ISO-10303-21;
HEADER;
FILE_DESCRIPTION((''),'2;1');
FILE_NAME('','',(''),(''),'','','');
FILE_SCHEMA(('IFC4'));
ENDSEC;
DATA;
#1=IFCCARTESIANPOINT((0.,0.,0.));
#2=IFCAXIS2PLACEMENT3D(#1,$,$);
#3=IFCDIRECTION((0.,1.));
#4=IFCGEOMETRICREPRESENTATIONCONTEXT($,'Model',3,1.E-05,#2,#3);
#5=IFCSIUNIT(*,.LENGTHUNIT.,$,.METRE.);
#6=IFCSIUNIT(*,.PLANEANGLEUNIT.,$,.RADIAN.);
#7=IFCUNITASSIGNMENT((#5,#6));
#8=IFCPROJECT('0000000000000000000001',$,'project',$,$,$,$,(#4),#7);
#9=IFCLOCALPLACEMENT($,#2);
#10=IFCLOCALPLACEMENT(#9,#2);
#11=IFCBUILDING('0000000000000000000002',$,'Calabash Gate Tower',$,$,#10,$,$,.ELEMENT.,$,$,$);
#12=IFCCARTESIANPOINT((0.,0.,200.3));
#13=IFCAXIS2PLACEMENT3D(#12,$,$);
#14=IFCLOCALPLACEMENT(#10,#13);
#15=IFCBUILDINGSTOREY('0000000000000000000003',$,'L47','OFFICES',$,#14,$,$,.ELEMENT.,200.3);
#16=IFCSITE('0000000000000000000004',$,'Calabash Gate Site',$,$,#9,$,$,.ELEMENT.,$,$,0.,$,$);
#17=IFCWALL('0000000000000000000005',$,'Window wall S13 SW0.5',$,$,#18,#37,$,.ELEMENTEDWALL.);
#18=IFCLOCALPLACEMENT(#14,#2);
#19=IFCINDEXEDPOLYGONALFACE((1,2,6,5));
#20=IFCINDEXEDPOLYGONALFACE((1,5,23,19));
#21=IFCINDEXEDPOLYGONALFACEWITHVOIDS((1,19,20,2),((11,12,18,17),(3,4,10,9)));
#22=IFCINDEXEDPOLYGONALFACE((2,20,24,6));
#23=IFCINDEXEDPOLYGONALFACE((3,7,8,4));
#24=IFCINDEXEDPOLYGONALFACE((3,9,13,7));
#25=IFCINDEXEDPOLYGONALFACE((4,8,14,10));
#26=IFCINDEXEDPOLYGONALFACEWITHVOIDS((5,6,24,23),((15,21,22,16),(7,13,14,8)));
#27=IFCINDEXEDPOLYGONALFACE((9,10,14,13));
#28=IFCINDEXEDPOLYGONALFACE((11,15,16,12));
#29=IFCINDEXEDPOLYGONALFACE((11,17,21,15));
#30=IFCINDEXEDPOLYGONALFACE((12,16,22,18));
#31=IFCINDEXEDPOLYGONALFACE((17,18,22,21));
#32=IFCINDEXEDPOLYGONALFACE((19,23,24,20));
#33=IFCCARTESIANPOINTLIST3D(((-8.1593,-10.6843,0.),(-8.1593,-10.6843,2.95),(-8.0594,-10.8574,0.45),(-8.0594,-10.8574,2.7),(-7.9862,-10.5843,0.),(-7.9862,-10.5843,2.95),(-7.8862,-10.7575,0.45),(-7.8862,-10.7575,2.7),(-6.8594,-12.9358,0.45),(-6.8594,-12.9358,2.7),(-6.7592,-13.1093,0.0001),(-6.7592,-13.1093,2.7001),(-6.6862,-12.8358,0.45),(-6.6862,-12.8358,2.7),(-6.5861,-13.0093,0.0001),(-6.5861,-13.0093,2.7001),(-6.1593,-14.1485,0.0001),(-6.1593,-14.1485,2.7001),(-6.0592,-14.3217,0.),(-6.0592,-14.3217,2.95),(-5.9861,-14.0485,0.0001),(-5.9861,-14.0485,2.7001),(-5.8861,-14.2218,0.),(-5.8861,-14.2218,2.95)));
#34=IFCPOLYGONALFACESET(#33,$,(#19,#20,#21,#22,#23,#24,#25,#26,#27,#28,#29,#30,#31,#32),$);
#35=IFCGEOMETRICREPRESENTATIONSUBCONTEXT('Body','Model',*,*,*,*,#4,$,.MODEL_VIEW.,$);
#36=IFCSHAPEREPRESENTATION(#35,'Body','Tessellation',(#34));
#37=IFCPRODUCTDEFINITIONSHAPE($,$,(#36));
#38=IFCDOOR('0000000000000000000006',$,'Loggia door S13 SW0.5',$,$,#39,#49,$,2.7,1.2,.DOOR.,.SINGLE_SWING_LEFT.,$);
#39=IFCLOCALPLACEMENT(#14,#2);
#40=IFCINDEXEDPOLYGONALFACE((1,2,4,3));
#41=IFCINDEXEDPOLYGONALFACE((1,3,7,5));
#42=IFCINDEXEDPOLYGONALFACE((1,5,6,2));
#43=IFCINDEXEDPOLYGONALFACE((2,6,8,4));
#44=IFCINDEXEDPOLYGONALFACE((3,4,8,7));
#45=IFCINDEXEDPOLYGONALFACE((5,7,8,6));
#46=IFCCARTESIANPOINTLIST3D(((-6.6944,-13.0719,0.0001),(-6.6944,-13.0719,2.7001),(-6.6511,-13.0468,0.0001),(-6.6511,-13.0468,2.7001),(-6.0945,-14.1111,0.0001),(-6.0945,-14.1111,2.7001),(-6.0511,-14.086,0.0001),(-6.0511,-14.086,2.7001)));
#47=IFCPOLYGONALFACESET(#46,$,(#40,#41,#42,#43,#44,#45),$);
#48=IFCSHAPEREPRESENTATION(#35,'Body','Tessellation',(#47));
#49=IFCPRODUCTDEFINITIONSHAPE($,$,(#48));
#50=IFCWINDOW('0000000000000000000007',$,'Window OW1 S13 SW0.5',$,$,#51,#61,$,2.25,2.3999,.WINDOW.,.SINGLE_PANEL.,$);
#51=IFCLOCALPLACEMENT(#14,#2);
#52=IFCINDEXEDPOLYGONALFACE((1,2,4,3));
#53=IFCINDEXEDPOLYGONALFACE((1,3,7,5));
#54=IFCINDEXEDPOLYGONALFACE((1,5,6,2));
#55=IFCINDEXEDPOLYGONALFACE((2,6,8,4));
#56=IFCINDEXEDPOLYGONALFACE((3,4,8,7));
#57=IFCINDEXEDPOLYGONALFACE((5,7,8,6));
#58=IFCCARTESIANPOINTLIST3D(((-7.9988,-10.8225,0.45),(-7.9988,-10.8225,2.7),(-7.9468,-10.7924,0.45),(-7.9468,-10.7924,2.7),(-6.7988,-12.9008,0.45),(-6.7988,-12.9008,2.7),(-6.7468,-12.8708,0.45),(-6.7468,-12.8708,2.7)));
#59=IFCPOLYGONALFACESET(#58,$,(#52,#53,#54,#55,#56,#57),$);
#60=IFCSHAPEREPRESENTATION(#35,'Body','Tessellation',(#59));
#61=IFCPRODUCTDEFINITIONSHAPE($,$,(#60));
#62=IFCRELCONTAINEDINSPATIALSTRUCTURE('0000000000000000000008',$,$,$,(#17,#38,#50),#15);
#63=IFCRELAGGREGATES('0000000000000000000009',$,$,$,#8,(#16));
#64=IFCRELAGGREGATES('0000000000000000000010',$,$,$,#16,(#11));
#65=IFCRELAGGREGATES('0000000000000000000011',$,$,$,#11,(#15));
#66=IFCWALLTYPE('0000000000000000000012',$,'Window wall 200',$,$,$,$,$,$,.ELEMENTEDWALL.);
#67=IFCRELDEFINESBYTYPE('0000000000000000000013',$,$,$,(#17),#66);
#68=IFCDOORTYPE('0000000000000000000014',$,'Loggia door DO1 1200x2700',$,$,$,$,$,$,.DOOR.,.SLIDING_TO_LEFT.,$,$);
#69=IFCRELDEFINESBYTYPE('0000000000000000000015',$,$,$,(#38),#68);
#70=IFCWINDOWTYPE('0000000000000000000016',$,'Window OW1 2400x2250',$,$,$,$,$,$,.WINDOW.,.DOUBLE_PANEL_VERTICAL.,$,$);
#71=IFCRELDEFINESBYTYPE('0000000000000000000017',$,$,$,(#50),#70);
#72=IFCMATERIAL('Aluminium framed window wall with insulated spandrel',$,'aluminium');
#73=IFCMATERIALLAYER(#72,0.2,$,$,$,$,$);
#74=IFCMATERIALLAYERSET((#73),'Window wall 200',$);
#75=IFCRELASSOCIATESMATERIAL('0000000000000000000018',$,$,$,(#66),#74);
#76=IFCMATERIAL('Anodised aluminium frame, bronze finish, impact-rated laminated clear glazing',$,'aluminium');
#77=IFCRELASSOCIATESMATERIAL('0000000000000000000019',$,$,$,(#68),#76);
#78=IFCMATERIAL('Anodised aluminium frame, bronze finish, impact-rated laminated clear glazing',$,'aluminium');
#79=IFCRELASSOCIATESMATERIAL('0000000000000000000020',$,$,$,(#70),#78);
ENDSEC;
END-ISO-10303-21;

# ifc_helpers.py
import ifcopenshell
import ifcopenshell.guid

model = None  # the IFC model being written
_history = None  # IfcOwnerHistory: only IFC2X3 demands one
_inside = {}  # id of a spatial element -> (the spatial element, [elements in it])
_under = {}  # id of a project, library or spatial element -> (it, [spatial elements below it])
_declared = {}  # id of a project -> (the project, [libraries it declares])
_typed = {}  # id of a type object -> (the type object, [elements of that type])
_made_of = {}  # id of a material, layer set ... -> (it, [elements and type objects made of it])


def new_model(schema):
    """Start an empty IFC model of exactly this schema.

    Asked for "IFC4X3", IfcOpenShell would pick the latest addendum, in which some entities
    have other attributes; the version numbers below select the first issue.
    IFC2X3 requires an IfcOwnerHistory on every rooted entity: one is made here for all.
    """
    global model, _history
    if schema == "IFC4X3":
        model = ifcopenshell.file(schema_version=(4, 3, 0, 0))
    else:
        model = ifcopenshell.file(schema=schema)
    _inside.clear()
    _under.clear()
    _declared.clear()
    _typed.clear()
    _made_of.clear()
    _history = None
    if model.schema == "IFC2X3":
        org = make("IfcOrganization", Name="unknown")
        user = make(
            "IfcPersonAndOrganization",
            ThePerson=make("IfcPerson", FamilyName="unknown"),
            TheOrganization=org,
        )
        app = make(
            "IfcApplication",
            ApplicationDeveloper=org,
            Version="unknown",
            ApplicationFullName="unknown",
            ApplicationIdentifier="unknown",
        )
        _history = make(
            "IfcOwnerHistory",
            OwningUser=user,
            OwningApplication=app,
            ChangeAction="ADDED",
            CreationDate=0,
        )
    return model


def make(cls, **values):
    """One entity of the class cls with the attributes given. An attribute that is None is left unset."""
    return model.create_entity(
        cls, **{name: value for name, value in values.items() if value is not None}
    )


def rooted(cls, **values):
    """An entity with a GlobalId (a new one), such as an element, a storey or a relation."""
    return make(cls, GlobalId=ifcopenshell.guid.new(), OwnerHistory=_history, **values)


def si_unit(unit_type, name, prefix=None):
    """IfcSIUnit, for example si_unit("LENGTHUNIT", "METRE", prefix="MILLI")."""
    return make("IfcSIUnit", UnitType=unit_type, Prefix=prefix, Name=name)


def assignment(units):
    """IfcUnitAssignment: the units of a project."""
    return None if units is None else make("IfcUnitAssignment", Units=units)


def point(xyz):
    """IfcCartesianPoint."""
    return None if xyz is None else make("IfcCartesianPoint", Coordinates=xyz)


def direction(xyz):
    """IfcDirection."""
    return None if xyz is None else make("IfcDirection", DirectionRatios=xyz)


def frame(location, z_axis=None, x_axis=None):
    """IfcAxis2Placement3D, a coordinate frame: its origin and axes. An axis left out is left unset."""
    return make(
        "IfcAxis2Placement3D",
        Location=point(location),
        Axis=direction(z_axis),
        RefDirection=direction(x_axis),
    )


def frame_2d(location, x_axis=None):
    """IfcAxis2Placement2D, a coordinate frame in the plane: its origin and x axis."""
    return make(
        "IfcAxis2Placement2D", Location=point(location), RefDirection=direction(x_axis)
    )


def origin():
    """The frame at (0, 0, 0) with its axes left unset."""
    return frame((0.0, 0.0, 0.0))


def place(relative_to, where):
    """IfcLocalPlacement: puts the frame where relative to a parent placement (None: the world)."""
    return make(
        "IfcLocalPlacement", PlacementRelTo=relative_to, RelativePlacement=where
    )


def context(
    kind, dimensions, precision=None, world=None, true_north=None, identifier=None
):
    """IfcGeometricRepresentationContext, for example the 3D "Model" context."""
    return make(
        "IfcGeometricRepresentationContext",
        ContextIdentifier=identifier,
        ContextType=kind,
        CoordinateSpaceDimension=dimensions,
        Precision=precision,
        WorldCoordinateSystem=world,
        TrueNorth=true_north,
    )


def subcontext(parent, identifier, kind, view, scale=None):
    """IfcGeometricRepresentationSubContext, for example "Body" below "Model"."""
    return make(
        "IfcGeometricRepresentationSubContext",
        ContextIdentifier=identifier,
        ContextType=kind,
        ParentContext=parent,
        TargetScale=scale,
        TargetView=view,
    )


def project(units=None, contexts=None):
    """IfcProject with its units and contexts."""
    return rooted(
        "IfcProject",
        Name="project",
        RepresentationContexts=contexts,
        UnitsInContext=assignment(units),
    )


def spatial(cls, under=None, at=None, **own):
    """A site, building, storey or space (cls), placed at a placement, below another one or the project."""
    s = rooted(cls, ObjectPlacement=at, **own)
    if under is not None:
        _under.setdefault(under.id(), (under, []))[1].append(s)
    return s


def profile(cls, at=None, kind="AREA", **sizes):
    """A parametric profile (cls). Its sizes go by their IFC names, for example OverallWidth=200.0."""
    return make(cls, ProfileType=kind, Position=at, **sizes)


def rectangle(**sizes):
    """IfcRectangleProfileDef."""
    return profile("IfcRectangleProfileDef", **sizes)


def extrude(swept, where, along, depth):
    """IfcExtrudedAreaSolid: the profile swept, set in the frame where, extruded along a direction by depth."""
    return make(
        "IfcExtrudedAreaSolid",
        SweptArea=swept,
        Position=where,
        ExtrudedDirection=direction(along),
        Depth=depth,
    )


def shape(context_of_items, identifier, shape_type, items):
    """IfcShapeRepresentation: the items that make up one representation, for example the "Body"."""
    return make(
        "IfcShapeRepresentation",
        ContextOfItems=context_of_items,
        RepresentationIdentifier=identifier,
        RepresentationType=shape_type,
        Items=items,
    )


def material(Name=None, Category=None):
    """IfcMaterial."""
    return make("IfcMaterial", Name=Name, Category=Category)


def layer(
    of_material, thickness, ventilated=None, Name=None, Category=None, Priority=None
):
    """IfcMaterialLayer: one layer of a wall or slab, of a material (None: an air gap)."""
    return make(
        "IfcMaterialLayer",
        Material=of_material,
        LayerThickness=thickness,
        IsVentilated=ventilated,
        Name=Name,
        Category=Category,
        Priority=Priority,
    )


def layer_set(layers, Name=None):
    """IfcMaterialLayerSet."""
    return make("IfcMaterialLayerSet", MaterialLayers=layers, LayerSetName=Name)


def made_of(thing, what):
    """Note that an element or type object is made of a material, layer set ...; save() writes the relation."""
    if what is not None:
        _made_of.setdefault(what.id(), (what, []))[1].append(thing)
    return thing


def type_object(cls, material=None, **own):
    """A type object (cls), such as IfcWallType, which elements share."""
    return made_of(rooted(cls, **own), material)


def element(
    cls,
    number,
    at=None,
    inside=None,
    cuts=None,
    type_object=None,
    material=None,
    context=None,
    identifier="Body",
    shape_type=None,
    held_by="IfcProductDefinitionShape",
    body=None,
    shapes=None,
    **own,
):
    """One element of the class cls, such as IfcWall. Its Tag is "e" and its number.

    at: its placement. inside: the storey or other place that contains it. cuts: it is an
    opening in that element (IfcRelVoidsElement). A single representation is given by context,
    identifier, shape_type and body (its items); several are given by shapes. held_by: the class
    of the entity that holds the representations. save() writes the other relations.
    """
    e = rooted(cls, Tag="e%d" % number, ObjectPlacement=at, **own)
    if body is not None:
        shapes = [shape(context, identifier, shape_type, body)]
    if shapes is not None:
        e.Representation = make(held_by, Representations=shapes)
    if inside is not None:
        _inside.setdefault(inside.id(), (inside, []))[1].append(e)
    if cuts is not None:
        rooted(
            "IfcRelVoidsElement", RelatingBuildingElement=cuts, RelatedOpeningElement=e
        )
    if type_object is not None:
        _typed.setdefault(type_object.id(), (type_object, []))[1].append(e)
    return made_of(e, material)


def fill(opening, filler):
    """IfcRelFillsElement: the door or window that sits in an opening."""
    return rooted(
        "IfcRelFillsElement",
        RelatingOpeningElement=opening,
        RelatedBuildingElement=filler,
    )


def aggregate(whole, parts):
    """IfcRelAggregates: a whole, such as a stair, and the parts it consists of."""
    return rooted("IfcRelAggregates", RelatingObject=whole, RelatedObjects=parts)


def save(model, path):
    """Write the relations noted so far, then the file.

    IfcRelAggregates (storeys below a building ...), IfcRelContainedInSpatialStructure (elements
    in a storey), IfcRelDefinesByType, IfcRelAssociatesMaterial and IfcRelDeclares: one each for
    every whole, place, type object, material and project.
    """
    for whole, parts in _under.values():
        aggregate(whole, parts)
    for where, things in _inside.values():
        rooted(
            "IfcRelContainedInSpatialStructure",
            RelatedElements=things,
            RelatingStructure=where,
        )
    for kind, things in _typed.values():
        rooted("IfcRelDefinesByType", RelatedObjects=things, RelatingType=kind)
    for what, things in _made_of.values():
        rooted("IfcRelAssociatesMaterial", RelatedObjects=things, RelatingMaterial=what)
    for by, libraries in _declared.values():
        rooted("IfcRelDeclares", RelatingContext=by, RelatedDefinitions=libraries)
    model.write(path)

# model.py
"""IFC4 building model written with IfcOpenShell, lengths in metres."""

from ifc_helpers import new_model, si_unit, direction, frame, frame_2d, origin, place, context, subcontext, project, spatial, rectangle, extrude, material, layer, layer_set, type_object, element, fill, save


model = new_model("IFC4")

# Units and contexts
model_context = context("Model", 3, precision=1e-05, world=origin(), true_north=direction((0.0, 1.0)))
body_context = subcontext(model_context, "Body", "Model", "MODEL_VIEW")
ifc_project = project(units=[si_unit("LENGTHUNIT", "METRE"), si_unit("PLANEANGLEUNIT", "RADIAN")], contexts=[model_context])

# Site, building, storey
site_placement = place(None, origin())
site = spatial("IfcSite", under=ifc_project, at=site_placement, Name="Calabash Gate Site", CompositionType="ELEMENT", RefElevation=0.0)
building_placement = place(site_placement, origin())
building = spatial("IfcBuilding", under=site, at=building_placement, Name="Calabash Gate Tower", CompositionType="ELEMENT")
storey_placement = place(building_placement, frame((0.0, 0.0, 200.3)))
storey = spatial("IfcBuildingStorey", under=building, at=storey_placement, Name="L47", Description="OFFICES", CompositionType="ELEMENT", Elevation=200.3)

# Shared definitions
ifc_material_1 = material(Name="Aluminium framed window wall with insulated spandrel", Category="aluminium")
ifc_layer_1 = layer(ifc_material_1, 0.2)
ifc_layer_set_1 = layer_set([ifc_layer_1], Name="Window wall 200")
wall_type_1 = type_object("IfcWallType", Name="Window wall 200", PredefinedType="ELEMENTEDWALL", material=ifc_layer_set_1)

# Wall, openings, door, window
wall_1_placement = place(storey_placement, frame((-8.0728, -10.6343, 0.0), z_axis=(0.0, 0.0, 1.0), x_axis=(0.500003, -0.866024, 0.0)))
wall_1 = element("IfcWall", 1, at=wall_1_placement, inside=storey, type_object=wall_type_1, Name="Window wall S13 SW0.5", PredefinedType="ELEMENTEDWALL", context=body_context, shape_type="SweptSolid", body=[
    extrude(rectangle(XDim=4.2002, YDim=0.2, at=frame_2d((2.1001, 0.0))), origin(), (0.0, 0.0, 1.0), 2.95),
])
opening_1_placement = place(wall_1_placement, frame((0.2, 0.0, 0.45)))
opening_1 = element("IfcOpeningElement", 2, at=opening_1_placement, cuts=wall_1, PredefinedType="OPENING", context=body_context, shape_type="SweptSolid", body=[
    extrude(rectangle(XDim=2.3999, YDim=2.25, at=frame_2d((1.2, 1.125))), frame((0.0, 0.1099, 0.0), z_axis=(0.0, -1.0, 0.0), x_axis=(1.0, 0.0, 0.0)), (0.0, 0.0, 1.0), 0.22),
])
opening_2_placement = place(wall_1_placement, frame((2.8, 0.0, 0.0)))
opening_2 = element("IfcOpeningElement", 3, at=opening_2_placement, cuts=wall_1, PredefinedType="OPENING", context=body_context, shape_type="SweptSolid", body=[
    extrude(rectangle(XDim=1.2, YDim=2.7, at=frame_2d((0.6001, 1.3501))), frame((0.0, 0.1099, 0.0), z_axis=(0.0, -1.0, 0.0), x_axis=(1.0, 0.0, 0.0)), (0.0, 0.0, 1.0), 0.22),
])
ifc_material_2 = material(Name="Anodised aluminium frame, bronze finish, impact-rated laminated clear glazing", Category="aluminium")
door_type_1 = type_object("IfcDoorType", Name="Loggia door DO1 1200x2700", OperationType="SLIDING_TO_LEFT", PredefinedType="DOOR", material=ifc_material_2)
door_1_placement = place(opening_2_placement, origin())
door_1 = element("IfcDoor", 4, at=door_1_placement, inside=storey, type_object=door_type_1, Name="Loggia door S13 SW0.5", OperationType="SINGLE_SWING_LEFT", OverallHeight=2.7, OverallWidth=1.2, PredefinedType="DOOR", context=body_context, shape_type="SweptSolid", body=[
    extrude(rectangle(XDim=1.2, YDim=2.7, at=frame_2d((0.6001, 1.3501))), frame((0.0, 0.0249, 0.0), z_axis=(0.0, -1.0, 0.0), x_axis=(1.0, 0.0, 0.0)), (0.0, 0.0, 1.0), 0.05),
])
fill(opening_2, door_1)
ifc_material_3 = material(Name="Anodised aluminium frame, bronze finish, impact-rated laminated clear glazing", Category="aluminium")
window_type = type_object("IfcWindowType", Name="Window OW1 2400x2250", PartitioningType="DOUBLE_PANEL_VERTICAL", PredefinedType="WINDOW", material=ifc_material_3)
window_placement = place(opening_1_placement, origin())
window = element("IfcWindow", 5, at=window_placement, inside=storey, type_object=window_type, Name="Window OW1 S13 SW0.5", OverallHeight=2.25, OverallWidth=2.3999, PartitioningType="SINGLE_PANEL", PredefinedType="WINDOW", context=body_context, shape_type="SweptSolid", body=[
    extrude(rectangle(XDim=2.3999, YDim=2.25, at=frame_2d((1.2, 1.125))), frame((0.0, 0.03, 0.0), z_axis=(0.0, -1.0, 0.0), x_axis=(1.0, 0.0, 0.0)), (0.0, 0.0, 1.0), 0.0601),
])
fill(opening_1, window)

save(model, "model.ifc")
